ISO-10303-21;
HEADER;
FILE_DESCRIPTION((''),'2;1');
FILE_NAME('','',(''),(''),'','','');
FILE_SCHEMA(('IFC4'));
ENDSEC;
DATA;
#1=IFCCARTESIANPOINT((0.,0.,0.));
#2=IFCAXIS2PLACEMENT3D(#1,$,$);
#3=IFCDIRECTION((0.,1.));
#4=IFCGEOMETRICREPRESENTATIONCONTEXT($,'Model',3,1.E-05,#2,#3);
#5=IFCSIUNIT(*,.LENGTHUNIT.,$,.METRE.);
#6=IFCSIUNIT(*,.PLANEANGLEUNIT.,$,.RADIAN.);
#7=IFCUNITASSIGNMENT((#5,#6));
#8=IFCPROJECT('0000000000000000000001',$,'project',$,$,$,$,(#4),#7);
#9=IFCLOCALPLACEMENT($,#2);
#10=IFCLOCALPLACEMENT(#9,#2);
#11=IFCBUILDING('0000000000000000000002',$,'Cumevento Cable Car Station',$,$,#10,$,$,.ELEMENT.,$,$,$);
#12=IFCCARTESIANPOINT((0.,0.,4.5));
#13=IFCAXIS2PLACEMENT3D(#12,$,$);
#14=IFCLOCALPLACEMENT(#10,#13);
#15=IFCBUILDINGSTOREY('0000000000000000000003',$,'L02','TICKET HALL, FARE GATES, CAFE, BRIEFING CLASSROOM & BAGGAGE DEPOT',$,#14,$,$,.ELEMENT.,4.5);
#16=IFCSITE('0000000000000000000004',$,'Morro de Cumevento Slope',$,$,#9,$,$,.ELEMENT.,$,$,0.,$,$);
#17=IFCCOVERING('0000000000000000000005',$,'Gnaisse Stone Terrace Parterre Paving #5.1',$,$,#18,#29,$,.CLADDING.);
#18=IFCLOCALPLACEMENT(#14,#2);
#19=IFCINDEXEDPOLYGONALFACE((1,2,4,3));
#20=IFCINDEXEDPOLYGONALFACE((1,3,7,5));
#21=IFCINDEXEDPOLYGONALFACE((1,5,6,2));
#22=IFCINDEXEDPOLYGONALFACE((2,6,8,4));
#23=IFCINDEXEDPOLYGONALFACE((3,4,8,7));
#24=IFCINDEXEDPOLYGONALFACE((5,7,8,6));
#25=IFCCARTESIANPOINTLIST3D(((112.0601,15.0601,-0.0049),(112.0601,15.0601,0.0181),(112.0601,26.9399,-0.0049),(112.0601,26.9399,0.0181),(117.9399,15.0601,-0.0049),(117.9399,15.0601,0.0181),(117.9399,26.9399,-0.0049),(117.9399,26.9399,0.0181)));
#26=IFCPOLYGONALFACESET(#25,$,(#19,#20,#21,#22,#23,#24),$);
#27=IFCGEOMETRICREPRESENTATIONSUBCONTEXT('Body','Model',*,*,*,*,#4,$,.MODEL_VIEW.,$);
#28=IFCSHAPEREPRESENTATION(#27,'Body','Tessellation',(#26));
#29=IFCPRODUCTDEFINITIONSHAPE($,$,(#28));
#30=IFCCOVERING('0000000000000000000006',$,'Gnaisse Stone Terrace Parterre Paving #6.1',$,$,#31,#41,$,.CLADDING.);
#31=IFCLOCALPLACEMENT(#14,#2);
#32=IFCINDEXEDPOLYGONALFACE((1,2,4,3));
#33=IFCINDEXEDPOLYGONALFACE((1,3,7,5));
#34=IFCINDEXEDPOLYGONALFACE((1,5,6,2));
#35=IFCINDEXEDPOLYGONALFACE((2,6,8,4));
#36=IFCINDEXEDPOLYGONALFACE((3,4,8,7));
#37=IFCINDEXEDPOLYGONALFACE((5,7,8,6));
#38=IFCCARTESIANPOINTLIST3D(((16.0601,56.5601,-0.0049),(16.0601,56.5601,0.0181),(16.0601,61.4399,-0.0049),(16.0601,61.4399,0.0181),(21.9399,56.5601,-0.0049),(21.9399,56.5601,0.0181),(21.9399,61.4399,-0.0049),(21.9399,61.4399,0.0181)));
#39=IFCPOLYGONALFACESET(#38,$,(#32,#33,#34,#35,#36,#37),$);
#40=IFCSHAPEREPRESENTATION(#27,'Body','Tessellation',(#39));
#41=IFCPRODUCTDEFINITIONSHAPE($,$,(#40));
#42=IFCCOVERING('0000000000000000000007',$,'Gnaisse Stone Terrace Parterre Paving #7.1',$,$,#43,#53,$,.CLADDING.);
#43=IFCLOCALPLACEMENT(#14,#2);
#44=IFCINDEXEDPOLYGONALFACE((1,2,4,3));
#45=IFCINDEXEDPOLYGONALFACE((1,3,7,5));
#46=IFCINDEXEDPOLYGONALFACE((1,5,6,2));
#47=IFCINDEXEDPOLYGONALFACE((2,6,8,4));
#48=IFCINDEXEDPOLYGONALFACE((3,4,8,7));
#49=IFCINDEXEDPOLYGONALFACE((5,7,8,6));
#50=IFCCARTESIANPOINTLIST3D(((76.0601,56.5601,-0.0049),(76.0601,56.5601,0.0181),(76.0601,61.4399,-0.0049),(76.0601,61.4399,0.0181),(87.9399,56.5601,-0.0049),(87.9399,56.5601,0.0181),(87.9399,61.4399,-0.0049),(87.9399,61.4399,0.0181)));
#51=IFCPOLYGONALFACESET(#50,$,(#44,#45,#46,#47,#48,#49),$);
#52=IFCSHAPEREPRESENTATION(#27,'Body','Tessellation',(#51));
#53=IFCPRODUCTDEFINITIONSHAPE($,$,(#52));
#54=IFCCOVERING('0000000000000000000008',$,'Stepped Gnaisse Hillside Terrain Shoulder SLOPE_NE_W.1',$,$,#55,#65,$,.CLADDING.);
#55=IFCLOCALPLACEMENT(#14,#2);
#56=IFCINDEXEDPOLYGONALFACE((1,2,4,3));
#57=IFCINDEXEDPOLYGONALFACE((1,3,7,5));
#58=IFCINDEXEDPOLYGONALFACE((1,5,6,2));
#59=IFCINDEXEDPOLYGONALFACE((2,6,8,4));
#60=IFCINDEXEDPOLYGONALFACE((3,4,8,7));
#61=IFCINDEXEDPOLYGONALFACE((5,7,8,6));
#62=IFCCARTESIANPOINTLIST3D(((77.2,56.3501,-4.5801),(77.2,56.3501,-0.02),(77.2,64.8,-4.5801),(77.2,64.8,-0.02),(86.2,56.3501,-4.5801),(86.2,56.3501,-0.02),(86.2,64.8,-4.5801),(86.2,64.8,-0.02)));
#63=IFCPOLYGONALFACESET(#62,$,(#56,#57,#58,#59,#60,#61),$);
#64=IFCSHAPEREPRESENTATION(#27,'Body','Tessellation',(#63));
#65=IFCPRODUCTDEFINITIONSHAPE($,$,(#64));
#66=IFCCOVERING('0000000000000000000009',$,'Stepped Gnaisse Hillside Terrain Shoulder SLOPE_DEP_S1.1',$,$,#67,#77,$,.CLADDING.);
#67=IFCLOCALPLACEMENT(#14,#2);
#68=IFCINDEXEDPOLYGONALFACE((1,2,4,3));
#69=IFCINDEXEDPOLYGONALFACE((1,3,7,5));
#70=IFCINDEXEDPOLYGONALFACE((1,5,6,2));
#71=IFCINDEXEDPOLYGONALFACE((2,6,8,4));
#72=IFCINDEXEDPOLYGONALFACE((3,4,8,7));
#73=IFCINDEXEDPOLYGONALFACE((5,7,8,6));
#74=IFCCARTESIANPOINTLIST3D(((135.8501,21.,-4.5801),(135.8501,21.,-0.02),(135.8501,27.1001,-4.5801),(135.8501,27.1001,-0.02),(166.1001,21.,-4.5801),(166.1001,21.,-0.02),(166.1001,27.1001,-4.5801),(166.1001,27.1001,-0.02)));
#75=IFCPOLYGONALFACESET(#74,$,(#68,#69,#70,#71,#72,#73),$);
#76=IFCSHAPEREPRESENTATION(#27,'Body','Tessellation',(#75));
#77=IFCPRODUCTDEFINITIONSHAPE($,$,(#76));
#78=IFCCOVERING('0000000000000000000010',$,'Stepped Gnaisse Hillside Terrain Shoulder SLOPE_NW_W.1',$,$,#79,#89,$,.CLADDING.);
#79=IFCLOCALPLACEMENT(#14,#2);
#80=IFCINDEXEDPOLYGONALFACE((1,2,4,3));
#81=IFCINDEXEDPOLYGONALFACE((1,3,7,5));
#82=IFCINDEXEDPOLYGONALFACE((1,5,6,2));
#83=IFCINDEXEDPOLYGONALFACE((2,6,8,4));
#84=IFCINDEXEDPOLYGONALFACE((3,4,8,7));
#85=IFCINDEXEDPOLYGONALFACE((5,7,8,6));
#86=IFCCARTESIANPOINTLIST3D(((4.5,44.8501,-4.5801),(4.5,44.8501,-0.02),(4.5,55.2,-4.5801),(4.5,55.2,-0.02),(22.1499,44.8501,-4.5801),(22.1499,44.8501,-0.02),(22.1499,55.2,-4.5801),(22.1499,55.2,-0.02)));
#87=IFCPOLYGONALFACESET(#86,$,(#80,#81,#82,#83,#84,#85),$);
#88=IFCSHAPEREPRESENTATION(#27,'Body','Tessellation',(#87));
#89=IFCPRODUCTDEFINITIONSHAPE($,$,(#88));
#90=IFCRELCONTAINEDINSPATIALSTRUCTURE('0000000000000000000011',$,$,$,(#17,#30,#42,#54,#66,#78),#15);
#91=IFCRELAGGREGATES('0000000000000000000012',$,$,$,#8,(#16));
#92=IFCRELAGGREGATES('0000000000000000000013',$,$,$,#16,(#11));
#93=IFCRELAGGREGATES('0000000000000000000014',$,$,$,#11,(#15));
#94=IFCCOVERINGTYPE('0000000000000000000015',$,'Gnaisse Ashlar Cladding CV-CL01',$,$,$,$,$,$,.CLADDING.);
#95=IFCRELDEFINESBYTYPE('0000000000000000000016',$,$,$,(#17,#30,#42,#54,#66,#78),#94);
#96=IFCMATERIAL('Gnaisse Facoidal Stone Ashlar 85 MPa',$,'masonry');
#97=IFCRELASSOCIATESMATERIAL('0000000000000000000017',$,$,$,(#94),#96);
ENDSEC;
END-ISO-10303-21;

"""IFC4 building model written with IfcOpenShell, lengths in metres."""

from ifc_helpers import new_model, si_unit, direction, frame, origin, place, context, subcontext, project, spatial, polyline, outline, extrude, material, type_object, element, save


model = new_model("IFC4")

# Units and contexts
model_context = context("Model", 3, precision=1e-05, world=origin(), true_north=direction((0.0, 1.0)))
body_context = subcontext(model_context, "Body", "Model", "MODEL_VIEW")
ifc_project = project(units=[si_unit("LENGTHUNIT", "METRE"), si_unit("PLANEANGLEUNIT", "RADIAN")], contexts=[model_context])

# Site, building, storey
site_placement = place(None, origin())
site = spatial("IfcSite", under=ifc_project, at=site_placement, Name="Morro de Cumevento Slope", CompositionType="ELEMENT", RefElevation=0.0)
building_placement = place(site_placement, origin())
building = spatial("IfcBuilding", under=site, at=building_placement, Name="Cumevento Cable Car Station", CompositionType="ELEMENT")
storey_placement = place(building_placement, frame((0.0, 0.0, 4.5)))
storey = spatial("IfcBuildingStorey", under=building, at=storey_placement, Name="L02", Description="TICKET HALL, FARE GATES, CAFE, BRIEFING CLASSROOM & BAGGAGE DEPOT", CompositionType="ELEMENT", Elevation=4.5)

# Coverings
ifc_material_1 = material(Name="Gnaisse Facoidal Stone Ashlar 85 MPa", Category="masonry")
covering_type_1 = type_object("IfcCoveringType", Name="Gnaisse Ashlar Cladding CV-CL01", PredefinedType="CLADDING", material=ifc_material_1)
covering_1_placement = place(storey_placement, frame((0.0, 0.0, -0.0049)))
element("IfcCovering", 1, at=covering_1_placement, inside=storey, type_object=covering_type_1, Name="Gnaisse Stone Terrace Parterre Paving #5.1", PredefinedType="CLADDING", context=body_context, shape_type="SweptSolid", body=[
    extrude(outline(polyline([(112.0601, 26.9399), (117.9399, 26.9399), (117.9399, 15.0601), (112.0601, 15.0601), (112.0601, 26.9399)])), origin(), (0.0, 0.0, 1.0), 0.0229),
])
covering_2_placement = place(storey_placement, frame((0.0, 0.0, -0.0049)))
element("IfcCovering", 2, at=covering_2_placement, inside=storey, type_object=covering_type_1, Name="Gnaisse Stone Terrace Parterre Paving #6.1", PredefinedType="CLADDING", context=body_context, shape_type="SweptSolid", body=[
    extrude(outline(polyline([(16.0601, 61.4399), (21.9399, 61.4399), (21.9399, 56.5601), (16.0601, 56.5601), (16.0601, 61.4399)])), origin(), (0.0, 0.0, 1.0), 0.0229),
])
covering_3_placement = place(storey_placement, frame((0.0, 0.0, -0.0049)))
element("IfcCovering", 3, at=covering_3_placement, inside=storey, type_object=covering_type_1, Name="Gnaisse Stone Terrace Parterre Paving #7.1", PredefinedType="CLADDING", context=body_context, shape_type="SweptSolid", body=[
    extrude(outline(polyline([(76.0601, 61.4399), (87.9399, 61.4399), (87.9399, 56.5601), (76.0601, 56.5601), (76.0601, 61.4399)])), origin(), (0.0, 0.0, 1.0), 0.0229),
])
covering_4_placement = place(storey_placement, frame((0.0, 0.0, -4.5801)))
element("IfcCovering", 4, at=covering_4_placement, inside=storey, type_object=covering_type_1, Name="Stepped Gnaisse Hillside Terrain Shoulder SLOPE_NE_W.1", PredefinedType="CLADDING", context=body_context, shape_type="SweptSolid", body=[
    extrude(outline(polyline([(77.2, 56.3501), (77.2, 64.8), (86.2, 64.8), (86.2, 56.3501), (77.2, 56.3501)])), origin(), (0.0, 0.0, 1.0), 4.5601),
])
covering_5_placement = place(storey_placement, frame((0.0, 0.0, -4.5801)))
element("IfcCovering", 5, at=covering_5_placement, inside=storey, type_object=covering_type_1, Name="Stepped Gnaisse Hillside Terrain Shoulder SLOPE_DEP_S1.1", PredefinedType="CLADDING", context=body_context, shape_type="SweptSolid", body=[
    extrude(outline(polyline([(135.8501, 21.0), (135.8501, 27.1001), (166.1001, 27.1001), (166.1001, 21.0), (135.8501, 21.0)])), origin(), (0.0, 0.0, 1.0), 4.5601),
])
covering_6_placement = place(storey_placement, frame((0.0, 0.0, -4.5801)))
element("IfcCovering", 6, at=covering_6_placement, inside=storey, type_object=covering_type_1, Name="Stepped Gnaisse Hillside Terrain Shoulder SLOPE_NW_W.1", PredefinedType="CLADDING", context=body_context, shape_type="SweptSolid", body=[
    extrude(outline(polyline([(4.5, 44.8501), (4.5, 55.2), (22.1499, 55.2), (22.1499, 44.8501), (4.5, 44.8501)])), origin(), (0.0, 0.0, 1.0), 4.5601),
])

save(model, "model.ifc")
